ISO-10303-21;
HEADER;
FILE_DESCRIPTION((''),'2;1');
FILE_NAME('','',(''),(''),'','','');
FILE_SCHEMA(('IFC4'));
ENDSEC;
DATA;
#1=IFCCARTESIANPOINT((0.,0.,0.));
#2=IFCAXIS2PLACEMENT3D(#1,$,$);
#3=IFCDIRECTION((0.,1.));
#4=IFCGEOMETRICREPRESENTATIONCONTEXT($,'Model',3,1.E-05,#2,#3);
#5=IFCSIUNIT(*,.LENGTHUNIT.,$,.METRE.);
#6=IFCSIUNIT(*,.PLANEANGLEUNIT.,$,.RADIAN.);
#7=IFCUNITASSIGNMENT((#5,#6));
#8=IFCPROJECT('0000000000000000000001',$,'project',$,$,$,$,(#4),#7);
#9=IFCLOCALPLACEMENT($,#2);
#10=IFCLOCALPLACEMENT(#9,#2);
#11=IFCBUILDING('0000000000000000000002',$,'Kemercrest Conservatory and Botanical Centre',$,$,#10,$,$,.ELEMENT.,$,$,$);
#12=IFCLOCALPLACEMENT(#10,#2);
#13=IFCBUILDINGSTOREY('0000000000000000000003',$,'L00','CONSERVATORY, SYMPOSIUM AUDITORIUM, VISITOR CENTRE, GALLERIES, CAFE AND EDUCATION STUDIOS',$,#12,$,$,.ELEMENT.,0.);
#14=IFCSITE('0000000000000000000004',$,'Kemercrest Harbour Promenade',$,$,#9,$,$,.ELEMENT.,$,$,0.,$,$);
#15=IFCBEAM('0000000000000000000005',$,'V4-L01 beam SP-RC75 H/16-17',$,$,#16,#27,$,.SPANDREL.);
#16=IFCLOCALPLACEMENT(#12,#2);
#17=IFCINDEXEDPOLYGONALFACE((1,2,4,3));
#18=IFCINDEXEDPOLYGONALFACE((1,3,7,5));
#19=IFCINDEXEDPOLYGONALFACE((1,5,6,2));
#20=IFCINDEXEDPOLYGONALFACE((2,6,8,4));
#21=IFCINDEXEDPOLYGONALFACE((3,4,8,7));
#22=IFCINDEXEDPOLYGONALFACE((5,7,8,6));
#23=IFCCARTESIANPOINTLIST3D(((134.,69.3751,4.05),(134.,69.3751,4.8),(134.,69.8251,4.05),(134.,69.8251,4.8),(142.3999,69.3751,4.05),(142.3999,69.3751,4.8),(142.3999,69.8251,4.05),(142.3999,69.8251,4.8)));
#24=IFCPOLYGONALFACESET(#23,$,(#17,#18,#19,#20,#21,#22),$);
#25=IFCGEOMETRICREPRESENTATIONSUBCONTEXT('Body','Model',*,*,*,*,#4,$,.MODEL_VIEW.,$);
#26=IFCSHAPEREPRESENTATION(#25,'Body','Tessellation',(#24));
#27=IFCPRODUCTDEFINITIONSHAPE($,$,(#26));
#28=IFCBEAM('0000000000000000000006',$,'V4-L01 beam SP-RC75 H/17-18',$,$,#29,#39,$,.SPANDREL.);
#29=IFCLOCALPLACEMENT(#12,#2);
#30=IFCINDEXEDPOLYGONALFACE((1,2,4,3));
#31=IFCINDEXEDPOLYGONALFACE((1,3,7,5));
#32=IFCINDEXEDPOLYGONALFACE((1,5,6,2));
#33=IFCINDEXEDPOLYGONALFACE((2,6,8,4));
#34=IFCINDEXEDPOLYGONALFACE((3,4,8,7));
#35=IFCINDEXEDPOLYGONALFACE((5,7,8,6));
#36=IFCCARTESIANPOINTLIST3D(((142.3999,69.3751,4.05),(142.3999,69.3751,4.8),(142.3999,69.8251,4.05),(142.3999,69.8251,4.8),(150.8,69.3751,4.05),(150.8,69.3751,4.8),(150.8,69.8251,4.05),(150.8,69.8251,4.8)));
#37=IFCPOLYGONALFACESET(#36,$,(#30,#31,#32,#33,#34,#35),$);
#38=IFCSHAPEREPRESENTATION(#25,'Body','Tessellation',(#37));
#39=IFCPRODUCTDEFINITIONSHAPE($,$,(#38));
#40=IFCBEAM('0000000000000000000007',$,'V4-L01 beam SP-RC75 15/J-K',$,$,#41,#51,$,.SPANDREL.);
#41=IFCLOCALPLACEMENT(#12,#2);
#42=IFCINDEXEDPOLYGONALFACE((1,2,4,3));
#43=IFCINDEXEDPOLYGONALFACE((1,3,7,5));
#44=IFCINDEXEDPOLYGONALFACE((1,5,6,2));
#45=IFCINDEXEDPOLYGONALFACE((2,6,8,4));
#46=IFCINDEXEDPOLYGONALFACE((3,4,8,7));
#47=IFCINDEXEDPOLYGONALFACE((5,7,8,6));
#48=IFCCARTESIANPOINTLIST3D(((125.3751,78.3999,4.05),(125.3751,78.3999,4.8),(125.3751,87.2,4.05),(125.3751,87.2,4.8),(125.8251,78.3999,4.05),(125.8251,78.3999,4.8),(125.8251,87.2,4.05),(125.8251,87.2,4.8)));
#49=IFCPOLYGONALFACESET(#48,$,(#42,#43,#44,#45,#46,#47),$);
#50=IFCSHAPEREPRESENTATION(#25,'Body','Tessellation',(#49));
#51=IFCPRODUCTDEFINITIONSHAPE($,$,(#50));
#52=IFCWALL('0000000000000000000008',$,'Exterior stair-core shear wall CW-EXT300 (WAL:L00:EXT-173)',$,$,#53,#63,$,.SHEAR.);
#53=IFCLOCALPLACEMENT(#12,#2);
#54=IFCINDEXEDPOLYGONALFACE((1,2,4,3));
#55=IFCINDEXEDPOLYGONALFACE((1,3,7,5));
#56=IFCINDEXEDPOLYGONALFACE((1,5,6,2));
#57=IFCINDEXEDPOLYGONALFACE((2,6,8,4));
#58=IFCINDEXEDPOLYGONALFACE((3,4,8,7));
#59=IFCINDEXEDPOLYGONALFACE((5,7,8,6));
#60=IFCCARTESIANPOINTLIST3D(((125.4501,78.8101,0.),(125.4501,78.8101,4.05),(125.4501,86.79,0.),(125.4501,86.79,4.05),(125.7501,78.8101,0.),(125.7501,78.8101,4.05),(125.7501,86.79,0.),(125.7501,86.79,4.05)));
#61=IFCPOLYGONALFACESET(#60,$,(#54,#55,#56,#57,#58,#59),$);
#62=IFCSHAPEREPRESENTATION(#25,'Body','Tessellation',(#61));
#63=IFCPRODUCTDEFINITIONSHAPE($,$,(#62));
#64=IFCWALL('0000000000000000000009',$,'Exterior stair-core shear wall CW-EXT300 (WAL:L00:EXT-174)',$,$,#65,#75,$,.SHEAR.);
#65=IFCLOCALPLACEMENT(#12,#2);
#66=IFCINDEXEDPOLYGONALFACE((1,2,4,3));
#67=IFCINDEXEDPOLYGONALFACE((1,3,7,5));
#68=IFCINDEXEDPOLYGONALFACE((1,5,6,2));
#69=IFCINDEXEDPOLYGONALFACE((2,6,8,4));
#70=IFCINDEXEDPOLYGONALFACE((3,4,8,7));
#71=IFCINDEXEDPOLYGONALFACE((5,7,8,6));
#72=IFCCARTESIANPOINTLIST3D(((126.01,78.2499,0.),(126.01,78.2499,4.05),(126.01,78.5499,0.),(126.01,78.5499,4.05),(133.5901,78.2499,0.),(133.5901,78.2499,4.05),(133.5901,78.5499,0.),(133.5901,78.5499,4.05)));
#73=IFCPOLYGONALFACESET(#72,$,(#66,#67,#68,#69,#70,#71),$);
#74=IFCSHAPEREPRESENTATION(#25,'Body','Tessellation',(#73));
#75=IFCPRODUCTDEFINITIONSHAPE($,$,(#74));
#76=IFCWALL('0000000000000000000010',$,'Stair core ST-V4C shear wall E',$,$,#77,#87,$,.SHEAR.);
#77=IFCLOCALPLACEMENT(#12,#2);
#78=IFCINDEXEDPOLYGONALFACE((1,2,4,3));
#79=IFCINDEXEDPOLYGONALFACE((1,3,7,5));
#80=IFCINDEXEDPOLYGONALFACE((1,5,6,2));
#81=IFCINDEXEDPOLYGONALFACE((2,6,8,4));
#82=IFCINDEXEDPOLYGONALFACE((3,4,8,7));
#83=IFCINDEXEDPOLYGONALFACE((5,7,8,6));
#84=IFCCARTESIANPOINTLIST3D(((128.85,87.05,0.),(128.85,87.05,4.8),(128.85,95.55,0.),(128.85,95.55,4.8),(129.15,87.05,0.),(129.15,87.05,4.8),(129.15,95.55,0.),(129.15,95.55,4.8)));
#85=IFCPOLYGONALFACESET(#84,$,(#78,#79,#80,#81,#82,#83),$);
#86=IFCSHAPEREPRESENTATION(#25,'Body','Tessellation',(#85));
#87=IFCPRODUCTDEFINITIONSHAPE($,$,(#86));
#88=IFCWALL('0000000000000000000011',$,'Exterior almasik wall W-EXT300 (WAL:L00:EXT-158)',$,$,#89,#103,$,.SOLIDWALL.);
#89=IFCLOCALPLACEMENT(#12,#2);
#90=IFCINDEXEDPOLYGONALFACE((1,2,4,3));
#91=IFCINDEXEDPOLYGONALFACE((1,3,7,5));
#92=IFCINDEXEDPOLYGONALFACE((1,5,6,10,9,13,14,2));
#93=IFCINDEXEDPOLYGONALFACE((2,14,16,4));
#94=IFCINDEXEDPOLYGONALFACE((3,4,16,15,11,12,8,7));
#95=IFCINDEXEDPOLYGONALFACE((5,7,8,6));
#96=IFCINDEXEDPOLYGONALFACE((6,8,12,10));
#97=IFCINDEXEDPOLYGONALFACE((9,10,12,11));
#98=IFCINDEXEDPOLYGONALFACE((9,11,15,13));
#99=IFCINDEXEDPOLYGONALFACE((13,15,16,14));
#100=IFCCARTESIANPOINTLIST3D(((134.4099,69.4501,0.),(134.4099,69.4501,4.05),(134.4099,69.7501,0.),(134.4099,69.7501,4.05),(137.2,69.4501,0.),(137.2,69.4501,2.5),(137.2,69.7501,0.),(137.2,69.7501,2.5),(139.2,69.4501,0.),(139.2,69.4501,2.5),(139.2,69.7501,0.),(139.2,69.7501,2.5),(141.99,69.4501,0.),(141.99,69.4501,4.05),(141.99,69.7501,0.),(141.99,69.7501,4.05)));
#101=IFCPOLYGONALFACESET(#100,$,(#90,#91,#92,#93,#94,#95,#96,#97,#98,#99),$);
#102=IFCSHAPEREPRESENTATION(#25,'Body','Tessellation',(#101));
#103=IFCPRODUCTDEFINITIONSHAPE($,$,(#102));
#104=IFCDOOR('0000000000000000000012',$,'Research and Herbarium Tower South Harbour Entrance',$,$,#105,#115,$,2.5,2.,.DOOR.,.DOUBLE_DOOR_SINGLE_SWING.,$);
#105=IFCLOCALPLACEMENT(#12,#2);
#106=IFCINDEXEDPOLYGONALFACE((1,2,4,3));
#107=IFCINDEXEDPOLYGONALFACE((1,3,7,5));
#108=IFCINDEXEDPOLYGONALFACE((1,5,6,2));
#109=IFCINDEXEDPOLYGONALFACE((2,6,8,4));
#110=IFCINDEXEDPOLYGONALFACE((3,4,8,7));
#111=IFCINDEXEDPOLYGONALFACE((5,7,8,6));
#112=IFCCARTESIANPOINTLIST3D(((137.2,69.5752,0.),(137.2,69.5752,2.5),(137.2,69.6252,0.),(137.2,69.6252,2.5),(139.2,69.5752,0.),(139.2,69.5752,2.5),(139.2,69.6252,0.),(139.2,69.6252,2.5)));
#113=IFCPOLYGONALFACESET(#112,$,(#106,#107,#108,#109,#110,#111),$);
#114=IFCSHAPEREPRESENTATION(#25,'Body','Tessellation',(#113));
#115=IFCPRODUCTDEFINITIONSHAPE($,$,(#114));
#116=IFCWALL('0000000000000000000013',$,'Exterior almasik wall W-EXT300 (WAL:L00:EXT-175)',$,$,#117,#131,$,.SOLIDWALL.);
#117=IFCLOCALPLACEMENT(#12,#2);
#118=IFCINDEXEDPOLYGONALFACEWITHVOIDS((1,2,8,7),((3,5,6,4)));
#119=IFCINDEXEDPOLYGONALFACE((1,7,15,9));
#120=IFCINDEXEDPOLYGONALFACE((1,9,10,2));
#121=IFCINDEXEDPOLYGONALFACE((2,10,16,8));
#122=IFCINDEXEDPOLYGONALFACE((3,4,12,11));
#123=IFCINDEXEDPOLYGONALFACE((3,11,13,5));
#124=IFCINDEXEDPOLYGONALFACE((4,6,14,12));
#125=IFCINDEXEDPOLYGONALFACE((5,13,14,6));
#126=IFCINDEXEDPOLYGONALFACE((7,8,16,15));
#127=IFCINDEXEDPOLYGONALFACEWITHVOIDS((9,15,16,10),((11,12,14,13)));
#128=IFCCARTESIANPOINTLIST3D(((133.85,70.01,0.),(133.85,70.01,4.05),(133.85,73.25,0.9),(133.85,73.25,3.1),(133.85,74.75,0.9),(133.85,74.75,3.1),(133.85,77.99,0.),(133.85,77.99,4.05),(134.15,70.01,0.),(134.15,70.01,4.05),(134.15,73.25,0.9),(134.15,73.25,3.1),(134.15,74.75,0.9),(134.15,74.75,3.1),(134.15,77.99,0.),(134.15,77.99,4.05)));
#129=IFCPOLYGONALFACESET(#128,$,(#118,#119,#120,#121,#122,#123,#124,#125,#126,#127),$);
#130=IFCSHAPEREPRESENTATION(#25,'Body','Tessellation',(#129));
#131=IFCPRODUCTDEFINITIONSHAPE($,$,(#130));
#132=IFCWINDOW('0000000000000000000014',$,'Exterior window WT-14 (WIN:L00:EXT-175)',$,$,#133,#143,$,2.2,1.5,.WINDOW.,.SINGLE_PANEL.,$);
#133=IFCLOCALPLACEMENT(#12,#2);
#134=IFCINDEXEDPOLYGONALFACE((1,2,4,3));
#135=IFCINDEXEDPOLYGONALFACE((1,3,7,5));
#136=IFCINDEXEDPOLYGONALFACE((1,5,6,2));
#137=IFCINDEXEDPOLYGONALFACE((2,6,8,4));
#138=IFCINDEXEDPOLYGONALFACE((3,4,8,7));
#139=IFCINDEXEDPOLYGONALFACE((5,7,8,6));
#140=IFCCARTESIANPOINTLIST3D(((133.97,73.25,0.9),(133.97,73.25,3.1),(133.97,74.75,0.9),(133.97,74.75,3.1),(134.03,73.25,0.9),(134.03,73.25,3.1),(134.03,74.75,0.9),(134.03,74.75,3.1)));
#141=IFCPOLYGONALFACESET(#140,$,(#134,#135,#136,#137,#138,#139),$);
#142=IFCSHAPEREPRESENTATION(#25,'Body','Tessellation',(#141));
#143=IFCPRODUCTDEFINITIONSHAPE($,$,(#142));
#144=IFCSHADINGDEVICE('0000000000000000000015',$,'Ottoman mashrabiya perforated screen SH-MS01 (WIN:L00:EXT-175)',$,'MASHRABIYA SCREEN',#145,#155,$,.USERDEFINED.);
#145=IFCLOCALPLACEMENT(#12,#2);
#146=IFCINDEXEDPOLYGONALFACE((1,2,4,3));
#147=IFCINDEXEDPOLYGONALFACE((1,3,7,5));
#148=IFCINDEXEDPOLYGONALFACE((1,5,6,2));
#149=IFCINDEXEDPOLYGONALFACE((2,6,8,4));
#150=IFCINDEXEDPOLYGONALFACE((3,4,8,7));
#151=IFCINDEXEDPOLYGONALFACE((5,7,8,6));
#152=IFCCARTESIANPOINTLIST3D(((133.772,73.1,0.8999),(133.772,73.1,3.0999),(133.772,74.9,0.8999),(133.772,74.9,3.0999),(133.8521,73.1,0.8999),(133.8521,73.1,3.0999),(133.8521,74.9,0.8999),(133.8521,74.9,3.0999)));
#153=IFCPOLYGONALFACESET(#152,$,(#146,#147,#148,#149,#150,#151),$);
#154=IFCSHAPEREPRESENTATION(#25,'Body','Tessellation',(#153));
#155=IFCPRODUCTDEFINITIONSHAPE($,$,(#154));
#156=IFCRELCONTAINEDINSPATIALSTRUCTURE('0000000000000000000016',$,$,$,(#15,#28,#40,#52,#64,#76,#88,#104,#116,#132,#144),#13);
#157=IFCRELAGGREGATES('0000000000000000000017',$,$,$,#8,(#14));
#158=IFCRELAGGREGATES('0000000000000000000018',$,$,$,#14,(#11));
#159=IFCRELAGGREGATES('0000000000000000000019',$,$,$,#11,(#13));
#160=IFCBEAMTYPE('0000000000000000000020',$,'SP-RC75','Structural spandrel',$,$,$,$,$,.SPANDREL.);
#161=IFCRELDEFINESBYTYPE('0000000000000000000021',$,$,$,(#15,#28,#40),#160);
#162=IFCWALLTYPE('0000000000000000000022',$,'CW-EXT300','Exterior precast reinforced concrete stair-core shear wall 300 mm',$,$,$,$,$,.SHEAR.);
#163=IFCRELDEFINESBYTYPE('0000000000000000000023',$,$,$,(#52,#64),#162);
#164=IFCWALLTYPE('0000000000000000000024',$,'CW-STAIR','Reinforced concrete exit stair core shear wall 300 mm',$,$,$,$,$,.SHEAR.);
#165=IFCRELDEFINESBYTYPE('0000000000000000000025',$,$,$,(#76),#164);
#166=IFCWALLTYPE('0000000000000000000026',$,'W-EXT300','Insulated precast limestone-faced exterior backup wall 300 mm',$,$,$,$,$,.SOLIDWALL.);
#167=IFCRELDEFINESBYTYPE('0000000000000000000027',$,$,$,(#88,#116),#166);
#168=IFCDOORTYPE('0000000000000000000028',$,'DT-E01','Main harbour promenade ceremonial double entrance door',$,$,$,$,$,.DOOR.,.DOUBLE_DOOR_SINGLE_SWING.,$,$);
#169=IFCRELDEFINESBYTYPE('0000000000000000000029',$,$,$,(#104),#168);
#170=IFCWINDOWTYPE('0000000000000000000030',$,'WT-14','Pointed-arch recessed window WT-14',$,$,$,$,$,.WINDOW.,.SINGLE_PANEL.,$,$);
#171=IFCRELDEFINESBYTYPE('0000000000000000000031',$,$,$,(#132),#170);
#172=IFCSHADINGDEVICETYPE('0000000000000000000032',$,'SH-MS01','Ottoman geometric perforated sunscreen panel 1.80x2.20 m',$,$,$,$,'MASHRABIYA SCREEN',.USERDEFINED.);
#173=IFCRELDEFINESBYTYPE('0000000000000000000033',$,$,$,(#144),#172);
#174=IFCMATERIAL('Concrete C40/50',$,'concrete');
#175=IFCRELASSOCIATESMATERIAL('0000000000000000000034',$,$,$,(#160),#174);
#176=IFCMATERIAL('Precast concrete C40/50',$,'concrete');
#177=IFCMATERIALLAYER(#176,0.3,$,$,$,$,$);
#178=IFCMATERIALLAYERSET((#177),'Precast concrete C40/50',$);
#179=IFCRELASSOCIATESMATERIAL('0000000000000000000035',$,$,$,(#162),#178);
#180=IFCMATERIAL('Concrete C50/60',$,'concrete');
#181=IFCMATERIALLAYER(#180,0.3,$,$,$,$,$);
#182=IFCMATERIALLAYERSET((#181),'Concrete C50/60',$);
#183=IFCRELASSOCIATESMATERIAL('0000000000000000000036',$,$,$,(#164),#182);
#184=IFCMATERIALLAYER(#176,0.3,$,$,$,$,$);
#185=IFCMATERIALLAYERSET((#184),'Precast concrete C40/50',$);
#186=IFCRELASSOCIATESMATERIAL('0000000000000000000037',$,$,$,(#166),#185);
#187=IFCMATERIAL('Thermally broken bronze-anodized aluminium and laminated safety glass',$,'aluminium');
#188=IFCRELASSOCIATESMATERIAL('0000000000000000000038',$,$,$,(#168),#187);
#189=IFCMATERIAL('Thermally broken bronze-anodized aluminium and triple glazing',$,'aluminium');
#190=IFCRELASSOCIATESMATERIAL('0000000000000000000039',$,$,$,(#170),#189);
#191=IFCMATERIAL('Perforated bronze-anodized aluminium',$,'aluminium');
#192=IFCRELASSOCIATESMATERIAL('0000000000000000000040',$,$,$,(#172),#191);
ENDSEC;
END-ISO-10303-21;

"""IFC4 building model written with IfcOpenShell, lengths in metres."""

from ifc_helpers import new_model, si_unit, direction, frame, frame_2d, origin, origin_2d, place, context, subcontext, project, spatial, rectangle, extrude, material, layer, layer_set, material_profile, profile_set, type_object, element, fill, save


model = new_model("IFC4")

# Units and contexts
model_context = context("Model", 3, precision=1e-05, world=origin(), true_north=direction((0.0, 1.0)))
body_context = subcontext(model_context, "Body", "Model", "MODEL_VIEW")
ifc_project = project(units=[si_unit("LENGTHUNIT", "METRE"), si_unit("PLANEANGLEUNIT", "RADIAN")], contexts=[model_context])

# Site, building, storey
site_placement = place(None, origin())
site = spatial("IfcSite", under=ifc_project, at=site_placement, Name="Kemercrest Harbour Promenade", CompositionType="ELEMENT", RefElevation=0.0)
building_placement = place(site_placement, origin())
building = spatial("IfcBuilding", under=site, at=building_placement, Name="Kemercrest Conservatory and Botanical Centre", CompositionType="ELEMENT")
storey_placement = place(building_placement, origin())
storey = spatial("IfcBuildingStorey", under=building, at=storey_placement, Name="L00", Description="CONSERVATORY, SYMPOSIUM AUDITORIUM, VISITOR CENTRE, GALLERIES, CAFE AND EDUCATION STUDIOS", CompositionType="ELEMENT", Elevation=0.0)

# Shared definitions
ifc_material_1 = material(Name="Concrete C50/60", Category="concrete")

# Beams
ifc_material_2 = material(Name="Concrete C40/50", Category="concrete")
ifc_material_3 = material(Name="Precast concrete C40/50", Category="concrete")
ifc_material_profile_1 = material_profile(ifc_material_2, rectangle(XDim=0.45, YDim=0.75, at=origin_2d()), Name="RC 450x750")
ifc_profile_set_1 = profile_set([ifc_material_profile_1], Name="Concrete C40/50")
beam_type_1 = type_object("IfcBeamType", Name="SP-RC75", Description="Structural spandrel", PredefinedType="SPANDREL", material=ifc_profile_set_1)
beam_1_placement = place(storey_placement, frame((134.0, 69.6001, 4.425), z_axis=(1.0, 0.0, 0.0), x_axis=(0.0, 1.0, 0.0)))
element("IfcBeam", 1, at=beam_1_placement, inside=storey, type_object=beam_type_1, Name="V4-L01 beam SP-RC75 H/16-17", PredefinedType="SPANDREL", context=body_context, shape_type="SweptSolid", body=[
    extrude(rectangle(XDim=0.45, YDim=0.75, at=origin_2d()), origin(), (0.0, 0.0, 1.0), 8.3999),
])
beam_2_placement = place(storey_placement, frame((142.3999, 69.6001, 4.425), z_axis=(1.0, 0.0, 0.0), x_axis=(0.0, 1.0, 0.0)))
element("IfcBeam", 2, at=beam_2_placement, inside=storey, type_object=beam_type_1, Name="V4-L01 beam SP-RC75 H/17-18", PredefinedType="SPANDREL", context=body_context, shape_type="SweptSolid", body=[
    extrude(rectangle(XDim=0.45, YDim=0.75, at=origin_2d()), origin(), (0.0, 0.0, 1.0), 8.4001),
])
beam_3_placement = place(storey_placement, frame((125.6001, 78.3999, 4.425), z_axis=(0.0, 1.0, 0.0), x_axis=(-1.0, 0.0, 0.0)))
element("IfcBeam", 3, at=beam_3_placement, inside=storey, type_object=beam_type_1, Name="V4-L01 beam SP-RC75 15/J-K", PredefinedType="SPANDREL", context=body_context, shape_type="SweptSolid", body=[
    extrude(rectangle(XDim=0.45, YDim=0.75, at=origin_2d()), origin(), (0.0, 0.0, 1.0), 8.8),
])

# Walls
ifc_layer_1 = layer(ifc_material_3, 0.3)
ifc_layer_set_1 = layer_set([ifc_layer_1], Name="Precast concrete C40/50")
wall_type_1 = type_object("IfcWallType", Name="CW-EXT300", Description="Exterior precast reinforced concrete stair-core shear wall 300 mm", PredefinedType="SHEAR", material=ifc_layer_set_1)
wall_1_placement = place(storey_placement, frame((125.6001, 86.79, 0.0), z_axis=(0.0, 0.0, 1.0), x_axis=(0.0, -1.0, 0.0)))
element("IfcWall", 4, at=wall_1_placement, inside=storey, type_object=wall_type_1, Name="Exterior stair-core shear wall CW-EXT300 (WAL:L00:EXT-173)", PredefinedType="SHEAR", context=body_context, shape_type="SweptSolid", body=[
    extrude(rectangle(XDim=7.98, YDim=0.3, at=frame_2d((3.99, 0.0))), origin(), (0.0, 0.0, 1.0), 4.05),
])
wall_2_placement = place(storey_placement, frame((126.01, 78.3999, 0.0), z_axis=(0.0, 0.0, 1.0), x_axis=(1.0, 0.0, 0.0)))
element("IfcWall", 5, at=wall_2_placement, inside=storey, type_object=wall_type_1, Name="Exterior stair-core shear wall CW-EXT300 (WAL:L00:EXT-174)", PredefinedType="SHEAR", context=body_context, shape_type="SweptSolid", body=[
    extrude(rectangle(XDim=7.5801, YDim=0.3, at=frame_2d((3.79, 0.0))), origin(), (0.0, 0.0, 1.0), 4.05),
])
ifc_layer_2 = layer(ifc_material_1, 0.3)
ifc_layer_set_2 = layer_set([ifc_layer_2], Name="Concrete C50/60")
wall_type_2 = type_object("IfcWallType", Name="CW-STAIR", Description="Reinforced concrete exit stair core shear wall 300 mm", PredefinedType="SHEAR", material=ifc_layer_set_2)
wall_3_placement = place(storey_placement, frame((129.0, 87.05, 0.0), z_axis=(0.0, 0.0, 1.0), x_axis=(0.0, 1.0, 0.0)))
element("IfcWall", 6, at=wall_3_placement, inside=storey, type_object=wall_type_2, Name="Stair core ST-V4C shear wall E", PredefinedType="SHEAR", context=body_context, shape_type="SweptSolid", body=[
    extrude(rectangle(XDim=8.5, YDim=0.3, at=frame_2d((4.25, 0.0))), origin(), (0.0, 0.0, 1.0), 4.8),
])

# Wall, opening, door
ifc_layer_3 = layer(ifc_material_3, 0.3)
ifc_layer_set_3 = layer_set([ifc_layer_3], Name="Precast concrete C40/50")
wall_type_3 = type_object("IfcWallType", Name="W-EXT300", Description="Insulated precast limestone-faced exterior backup wall 300 mm", PredefinedType="SOLIDWALL", material=ifc_layer_set_3)
wall_4_placement = place(storey_placement, frame((134.4099, 69.6001, 0.0), z_axis=(0.0, 0.0, 1.0), x_axis=(1.0, 0.0, 0.0)))
wall_4 = element("IfcWall", 7, at=wall_4_placement, inside=storey, type_object=wall_type_3, Name="Exterior almasik wall W-EXT300 (WAL:L00:EXT-158)", PredefinedType="SOLIDWALL", context=body_context, shape_type="SweptSolid", body=[
    extrude(rectangle(XDim=7.5801, YDim=0.3, at=frame_2d((3.79, 0.0))), origin(), (0.0, 0.0, 1.0), 4.05),
])
opening_1_placement = place(wall_4_placement, frame((2.79, 0.0, 0.0)))
opening_1 = element("IfcOpeningElement", 8, at=opening_1_placement, cuts=wall_4, PredefinedType="OPENING", context=body_context, shape_type="SweptSolid", body=[
    extrude(rectangle(XDim=2.0, YDim=2.5, at=frame_2d((1.0, 1.25))), frame((0.0, 0.1602, 0.0), z_axis=(0.0, -1.0, 0.0), x_axis=(1.0, 0.0, 0.0)), (0.0, 0.0, 1.0), 0.3201),
])
ifc_material_4 = material(Name="Thermally broken bronze-anodized aluminium and laminated safety glass", Category="aluminium")
door_type = type_object("IfcDoorType", Name="DT-E01", Description="Main harbour promenade ceremonial double entrance door", OperationType="DOUBLE_DOOR_SINGLE_SWING", PredefinedType="DOOR", material=ifc_material_4)
door_placement = place(opening_1_placement, frame((2.0, 0.0, 0.0), z_axis=(0.0, 0.0, 1.0), x_axis=(-1.0, 0.0, 0.0)))
door = element("IfcDoor", 9, at=door_placement, inside=storey, type_object=door_type, Name="Research and Herbarium Tower South Harbour Entrance", OperationType="DOUBLE_DOOR_SINGLE_SWING", OverallHeight=2.5, OverallWidth=2.0, PredefinedType="DOOR", context=body_context, shape_type="SweptSolid", body=[
    extrude(rectangle(XDim=2.0, YDim=2.5, at=frame_2d((1.0, 1.25))), frame((0.0, 0.0249, 0.0), z_axis=(0.0, -1.0, 0.0), x_axis=(1.0, 0.0, 0.0)), (0.0, 0.0, 1.0), 0.05),
])
fill(opening_1, door)

# Wall, opening, window
wall_5_placement = place(storey_placement, frame((134.0, 77.99, 0.0), z_axis=(0.0, 0.0, 1.0), x_axis=(0.0, -1.0, 0.0)))
wall_5 = element("IfcWall", 10, at=wall_5_placement, inside=storey, type_object=wall_type_3, Name="Exterior almasik wall W-EXT300 (WAL:L00:EXT-175)", PredefinedType="SOLIDWALL", context=body_context, shape_type="SweptSolid", body=[
    extrude(rectangle(XDim=7.98, YDim=0.3, at=frame_2d((3.99, 0.0))), origin(), (0.0, 0.0, 1.0), 4.05),
])
opening_2_placement = place(wall_5_placement, frame((3.24, 0.0, 0.8999)))
opening_2 = element("IfcOpeningElement", 11, at=opening_2_placement, cuts=wall_5, PredefinedType="OPENING", context=body_context, shape_type="SweptSolid", body=[
    extrude(rectangle(XDim=1.5, YDim=2.2, at=frame_2d((0.75, 1.1001))), frame((0.0, 0.1602, 0.0), z_axis=(0.0, -1.0, 0.0), x_axis=(1.0, 0.0, 0.0)), (0.0, 0.0, 1.0), 0.3201),
])
ifc_material_5 = material(Name="Thermally broken bronze-anodized aluminium and triple glazing", Category="aluminium")
window_type = type_object("IfcWindowType", Name="WT-14", Description="Pointed-arch recessed window WT-14", PartitioningType="SINGLE_PANEL", PredefinedType="WINDOW", material=ifc_material_5)
window_placement = place(opening_2_placement, origin())
window = element("IfcWindow", 12, at=window_placement, inside=storey, type_object=window_type, Name="Exterior window WT-14 (WIN:L00:EXT-175)", OverallHeight=2.2, OverallWidth=1.5, PartitioningType="SINGLE_PANEL", PredefinedType="WINDOW", context=body_context, shape_type="SweptSolid", body=[
    extrude(rectangle(XDim=1.5, YDim=2.2, at=frame_2d((0.75, 1.1001))), frame((0.0, 0.03, 0.0), z_axis=(0.0, -1.0, 0.0), x_axis=(1.0, 0.0, 0.0)), (0.0, 0.0, 1.0), 0.0601),
])
fill(opening_2, window)

# Shading device
ifc_material_6 = material(Name="Perforated bronze-anodized aluminium", Category="aluminium")
shading_device_type = type_object("IfcShadingDeviceType", Name="SH-MS01", Description="Ottoman geometric perforated sunscreen panel 1.80x2.20 m", ElementType="MASHRABIYA SCREEN", PredefinedType="USERDEFINED", material=ifc_material_6)
shading_device_placement = place(storey_placement, frame((133.812, 74.0, 0.8999), z_axis=(0.0, 0.0, 1.0), x_axis=(0.0, -1.0, 0.0)))
element("IfcShadingDevice", 13, at=shading_device_placement, inside=storey, type_object=shading_device_type, Name="Ottoman mashrabiya perforated screen SH-MS01 (WIN:L00:EXT-175)", ObjectType="MASHRABIYA SCREEN", PredefinedType="USERDEFINED", context=body_context, shape_type="SweptSolid", body=[
    extrude(rectangle(XDim=1.8, YDim=0.0801, at=origin_2d()), origin(), (0.0, 0.0, 1.0), 2.2),
])

save(model, "model.ifc")
